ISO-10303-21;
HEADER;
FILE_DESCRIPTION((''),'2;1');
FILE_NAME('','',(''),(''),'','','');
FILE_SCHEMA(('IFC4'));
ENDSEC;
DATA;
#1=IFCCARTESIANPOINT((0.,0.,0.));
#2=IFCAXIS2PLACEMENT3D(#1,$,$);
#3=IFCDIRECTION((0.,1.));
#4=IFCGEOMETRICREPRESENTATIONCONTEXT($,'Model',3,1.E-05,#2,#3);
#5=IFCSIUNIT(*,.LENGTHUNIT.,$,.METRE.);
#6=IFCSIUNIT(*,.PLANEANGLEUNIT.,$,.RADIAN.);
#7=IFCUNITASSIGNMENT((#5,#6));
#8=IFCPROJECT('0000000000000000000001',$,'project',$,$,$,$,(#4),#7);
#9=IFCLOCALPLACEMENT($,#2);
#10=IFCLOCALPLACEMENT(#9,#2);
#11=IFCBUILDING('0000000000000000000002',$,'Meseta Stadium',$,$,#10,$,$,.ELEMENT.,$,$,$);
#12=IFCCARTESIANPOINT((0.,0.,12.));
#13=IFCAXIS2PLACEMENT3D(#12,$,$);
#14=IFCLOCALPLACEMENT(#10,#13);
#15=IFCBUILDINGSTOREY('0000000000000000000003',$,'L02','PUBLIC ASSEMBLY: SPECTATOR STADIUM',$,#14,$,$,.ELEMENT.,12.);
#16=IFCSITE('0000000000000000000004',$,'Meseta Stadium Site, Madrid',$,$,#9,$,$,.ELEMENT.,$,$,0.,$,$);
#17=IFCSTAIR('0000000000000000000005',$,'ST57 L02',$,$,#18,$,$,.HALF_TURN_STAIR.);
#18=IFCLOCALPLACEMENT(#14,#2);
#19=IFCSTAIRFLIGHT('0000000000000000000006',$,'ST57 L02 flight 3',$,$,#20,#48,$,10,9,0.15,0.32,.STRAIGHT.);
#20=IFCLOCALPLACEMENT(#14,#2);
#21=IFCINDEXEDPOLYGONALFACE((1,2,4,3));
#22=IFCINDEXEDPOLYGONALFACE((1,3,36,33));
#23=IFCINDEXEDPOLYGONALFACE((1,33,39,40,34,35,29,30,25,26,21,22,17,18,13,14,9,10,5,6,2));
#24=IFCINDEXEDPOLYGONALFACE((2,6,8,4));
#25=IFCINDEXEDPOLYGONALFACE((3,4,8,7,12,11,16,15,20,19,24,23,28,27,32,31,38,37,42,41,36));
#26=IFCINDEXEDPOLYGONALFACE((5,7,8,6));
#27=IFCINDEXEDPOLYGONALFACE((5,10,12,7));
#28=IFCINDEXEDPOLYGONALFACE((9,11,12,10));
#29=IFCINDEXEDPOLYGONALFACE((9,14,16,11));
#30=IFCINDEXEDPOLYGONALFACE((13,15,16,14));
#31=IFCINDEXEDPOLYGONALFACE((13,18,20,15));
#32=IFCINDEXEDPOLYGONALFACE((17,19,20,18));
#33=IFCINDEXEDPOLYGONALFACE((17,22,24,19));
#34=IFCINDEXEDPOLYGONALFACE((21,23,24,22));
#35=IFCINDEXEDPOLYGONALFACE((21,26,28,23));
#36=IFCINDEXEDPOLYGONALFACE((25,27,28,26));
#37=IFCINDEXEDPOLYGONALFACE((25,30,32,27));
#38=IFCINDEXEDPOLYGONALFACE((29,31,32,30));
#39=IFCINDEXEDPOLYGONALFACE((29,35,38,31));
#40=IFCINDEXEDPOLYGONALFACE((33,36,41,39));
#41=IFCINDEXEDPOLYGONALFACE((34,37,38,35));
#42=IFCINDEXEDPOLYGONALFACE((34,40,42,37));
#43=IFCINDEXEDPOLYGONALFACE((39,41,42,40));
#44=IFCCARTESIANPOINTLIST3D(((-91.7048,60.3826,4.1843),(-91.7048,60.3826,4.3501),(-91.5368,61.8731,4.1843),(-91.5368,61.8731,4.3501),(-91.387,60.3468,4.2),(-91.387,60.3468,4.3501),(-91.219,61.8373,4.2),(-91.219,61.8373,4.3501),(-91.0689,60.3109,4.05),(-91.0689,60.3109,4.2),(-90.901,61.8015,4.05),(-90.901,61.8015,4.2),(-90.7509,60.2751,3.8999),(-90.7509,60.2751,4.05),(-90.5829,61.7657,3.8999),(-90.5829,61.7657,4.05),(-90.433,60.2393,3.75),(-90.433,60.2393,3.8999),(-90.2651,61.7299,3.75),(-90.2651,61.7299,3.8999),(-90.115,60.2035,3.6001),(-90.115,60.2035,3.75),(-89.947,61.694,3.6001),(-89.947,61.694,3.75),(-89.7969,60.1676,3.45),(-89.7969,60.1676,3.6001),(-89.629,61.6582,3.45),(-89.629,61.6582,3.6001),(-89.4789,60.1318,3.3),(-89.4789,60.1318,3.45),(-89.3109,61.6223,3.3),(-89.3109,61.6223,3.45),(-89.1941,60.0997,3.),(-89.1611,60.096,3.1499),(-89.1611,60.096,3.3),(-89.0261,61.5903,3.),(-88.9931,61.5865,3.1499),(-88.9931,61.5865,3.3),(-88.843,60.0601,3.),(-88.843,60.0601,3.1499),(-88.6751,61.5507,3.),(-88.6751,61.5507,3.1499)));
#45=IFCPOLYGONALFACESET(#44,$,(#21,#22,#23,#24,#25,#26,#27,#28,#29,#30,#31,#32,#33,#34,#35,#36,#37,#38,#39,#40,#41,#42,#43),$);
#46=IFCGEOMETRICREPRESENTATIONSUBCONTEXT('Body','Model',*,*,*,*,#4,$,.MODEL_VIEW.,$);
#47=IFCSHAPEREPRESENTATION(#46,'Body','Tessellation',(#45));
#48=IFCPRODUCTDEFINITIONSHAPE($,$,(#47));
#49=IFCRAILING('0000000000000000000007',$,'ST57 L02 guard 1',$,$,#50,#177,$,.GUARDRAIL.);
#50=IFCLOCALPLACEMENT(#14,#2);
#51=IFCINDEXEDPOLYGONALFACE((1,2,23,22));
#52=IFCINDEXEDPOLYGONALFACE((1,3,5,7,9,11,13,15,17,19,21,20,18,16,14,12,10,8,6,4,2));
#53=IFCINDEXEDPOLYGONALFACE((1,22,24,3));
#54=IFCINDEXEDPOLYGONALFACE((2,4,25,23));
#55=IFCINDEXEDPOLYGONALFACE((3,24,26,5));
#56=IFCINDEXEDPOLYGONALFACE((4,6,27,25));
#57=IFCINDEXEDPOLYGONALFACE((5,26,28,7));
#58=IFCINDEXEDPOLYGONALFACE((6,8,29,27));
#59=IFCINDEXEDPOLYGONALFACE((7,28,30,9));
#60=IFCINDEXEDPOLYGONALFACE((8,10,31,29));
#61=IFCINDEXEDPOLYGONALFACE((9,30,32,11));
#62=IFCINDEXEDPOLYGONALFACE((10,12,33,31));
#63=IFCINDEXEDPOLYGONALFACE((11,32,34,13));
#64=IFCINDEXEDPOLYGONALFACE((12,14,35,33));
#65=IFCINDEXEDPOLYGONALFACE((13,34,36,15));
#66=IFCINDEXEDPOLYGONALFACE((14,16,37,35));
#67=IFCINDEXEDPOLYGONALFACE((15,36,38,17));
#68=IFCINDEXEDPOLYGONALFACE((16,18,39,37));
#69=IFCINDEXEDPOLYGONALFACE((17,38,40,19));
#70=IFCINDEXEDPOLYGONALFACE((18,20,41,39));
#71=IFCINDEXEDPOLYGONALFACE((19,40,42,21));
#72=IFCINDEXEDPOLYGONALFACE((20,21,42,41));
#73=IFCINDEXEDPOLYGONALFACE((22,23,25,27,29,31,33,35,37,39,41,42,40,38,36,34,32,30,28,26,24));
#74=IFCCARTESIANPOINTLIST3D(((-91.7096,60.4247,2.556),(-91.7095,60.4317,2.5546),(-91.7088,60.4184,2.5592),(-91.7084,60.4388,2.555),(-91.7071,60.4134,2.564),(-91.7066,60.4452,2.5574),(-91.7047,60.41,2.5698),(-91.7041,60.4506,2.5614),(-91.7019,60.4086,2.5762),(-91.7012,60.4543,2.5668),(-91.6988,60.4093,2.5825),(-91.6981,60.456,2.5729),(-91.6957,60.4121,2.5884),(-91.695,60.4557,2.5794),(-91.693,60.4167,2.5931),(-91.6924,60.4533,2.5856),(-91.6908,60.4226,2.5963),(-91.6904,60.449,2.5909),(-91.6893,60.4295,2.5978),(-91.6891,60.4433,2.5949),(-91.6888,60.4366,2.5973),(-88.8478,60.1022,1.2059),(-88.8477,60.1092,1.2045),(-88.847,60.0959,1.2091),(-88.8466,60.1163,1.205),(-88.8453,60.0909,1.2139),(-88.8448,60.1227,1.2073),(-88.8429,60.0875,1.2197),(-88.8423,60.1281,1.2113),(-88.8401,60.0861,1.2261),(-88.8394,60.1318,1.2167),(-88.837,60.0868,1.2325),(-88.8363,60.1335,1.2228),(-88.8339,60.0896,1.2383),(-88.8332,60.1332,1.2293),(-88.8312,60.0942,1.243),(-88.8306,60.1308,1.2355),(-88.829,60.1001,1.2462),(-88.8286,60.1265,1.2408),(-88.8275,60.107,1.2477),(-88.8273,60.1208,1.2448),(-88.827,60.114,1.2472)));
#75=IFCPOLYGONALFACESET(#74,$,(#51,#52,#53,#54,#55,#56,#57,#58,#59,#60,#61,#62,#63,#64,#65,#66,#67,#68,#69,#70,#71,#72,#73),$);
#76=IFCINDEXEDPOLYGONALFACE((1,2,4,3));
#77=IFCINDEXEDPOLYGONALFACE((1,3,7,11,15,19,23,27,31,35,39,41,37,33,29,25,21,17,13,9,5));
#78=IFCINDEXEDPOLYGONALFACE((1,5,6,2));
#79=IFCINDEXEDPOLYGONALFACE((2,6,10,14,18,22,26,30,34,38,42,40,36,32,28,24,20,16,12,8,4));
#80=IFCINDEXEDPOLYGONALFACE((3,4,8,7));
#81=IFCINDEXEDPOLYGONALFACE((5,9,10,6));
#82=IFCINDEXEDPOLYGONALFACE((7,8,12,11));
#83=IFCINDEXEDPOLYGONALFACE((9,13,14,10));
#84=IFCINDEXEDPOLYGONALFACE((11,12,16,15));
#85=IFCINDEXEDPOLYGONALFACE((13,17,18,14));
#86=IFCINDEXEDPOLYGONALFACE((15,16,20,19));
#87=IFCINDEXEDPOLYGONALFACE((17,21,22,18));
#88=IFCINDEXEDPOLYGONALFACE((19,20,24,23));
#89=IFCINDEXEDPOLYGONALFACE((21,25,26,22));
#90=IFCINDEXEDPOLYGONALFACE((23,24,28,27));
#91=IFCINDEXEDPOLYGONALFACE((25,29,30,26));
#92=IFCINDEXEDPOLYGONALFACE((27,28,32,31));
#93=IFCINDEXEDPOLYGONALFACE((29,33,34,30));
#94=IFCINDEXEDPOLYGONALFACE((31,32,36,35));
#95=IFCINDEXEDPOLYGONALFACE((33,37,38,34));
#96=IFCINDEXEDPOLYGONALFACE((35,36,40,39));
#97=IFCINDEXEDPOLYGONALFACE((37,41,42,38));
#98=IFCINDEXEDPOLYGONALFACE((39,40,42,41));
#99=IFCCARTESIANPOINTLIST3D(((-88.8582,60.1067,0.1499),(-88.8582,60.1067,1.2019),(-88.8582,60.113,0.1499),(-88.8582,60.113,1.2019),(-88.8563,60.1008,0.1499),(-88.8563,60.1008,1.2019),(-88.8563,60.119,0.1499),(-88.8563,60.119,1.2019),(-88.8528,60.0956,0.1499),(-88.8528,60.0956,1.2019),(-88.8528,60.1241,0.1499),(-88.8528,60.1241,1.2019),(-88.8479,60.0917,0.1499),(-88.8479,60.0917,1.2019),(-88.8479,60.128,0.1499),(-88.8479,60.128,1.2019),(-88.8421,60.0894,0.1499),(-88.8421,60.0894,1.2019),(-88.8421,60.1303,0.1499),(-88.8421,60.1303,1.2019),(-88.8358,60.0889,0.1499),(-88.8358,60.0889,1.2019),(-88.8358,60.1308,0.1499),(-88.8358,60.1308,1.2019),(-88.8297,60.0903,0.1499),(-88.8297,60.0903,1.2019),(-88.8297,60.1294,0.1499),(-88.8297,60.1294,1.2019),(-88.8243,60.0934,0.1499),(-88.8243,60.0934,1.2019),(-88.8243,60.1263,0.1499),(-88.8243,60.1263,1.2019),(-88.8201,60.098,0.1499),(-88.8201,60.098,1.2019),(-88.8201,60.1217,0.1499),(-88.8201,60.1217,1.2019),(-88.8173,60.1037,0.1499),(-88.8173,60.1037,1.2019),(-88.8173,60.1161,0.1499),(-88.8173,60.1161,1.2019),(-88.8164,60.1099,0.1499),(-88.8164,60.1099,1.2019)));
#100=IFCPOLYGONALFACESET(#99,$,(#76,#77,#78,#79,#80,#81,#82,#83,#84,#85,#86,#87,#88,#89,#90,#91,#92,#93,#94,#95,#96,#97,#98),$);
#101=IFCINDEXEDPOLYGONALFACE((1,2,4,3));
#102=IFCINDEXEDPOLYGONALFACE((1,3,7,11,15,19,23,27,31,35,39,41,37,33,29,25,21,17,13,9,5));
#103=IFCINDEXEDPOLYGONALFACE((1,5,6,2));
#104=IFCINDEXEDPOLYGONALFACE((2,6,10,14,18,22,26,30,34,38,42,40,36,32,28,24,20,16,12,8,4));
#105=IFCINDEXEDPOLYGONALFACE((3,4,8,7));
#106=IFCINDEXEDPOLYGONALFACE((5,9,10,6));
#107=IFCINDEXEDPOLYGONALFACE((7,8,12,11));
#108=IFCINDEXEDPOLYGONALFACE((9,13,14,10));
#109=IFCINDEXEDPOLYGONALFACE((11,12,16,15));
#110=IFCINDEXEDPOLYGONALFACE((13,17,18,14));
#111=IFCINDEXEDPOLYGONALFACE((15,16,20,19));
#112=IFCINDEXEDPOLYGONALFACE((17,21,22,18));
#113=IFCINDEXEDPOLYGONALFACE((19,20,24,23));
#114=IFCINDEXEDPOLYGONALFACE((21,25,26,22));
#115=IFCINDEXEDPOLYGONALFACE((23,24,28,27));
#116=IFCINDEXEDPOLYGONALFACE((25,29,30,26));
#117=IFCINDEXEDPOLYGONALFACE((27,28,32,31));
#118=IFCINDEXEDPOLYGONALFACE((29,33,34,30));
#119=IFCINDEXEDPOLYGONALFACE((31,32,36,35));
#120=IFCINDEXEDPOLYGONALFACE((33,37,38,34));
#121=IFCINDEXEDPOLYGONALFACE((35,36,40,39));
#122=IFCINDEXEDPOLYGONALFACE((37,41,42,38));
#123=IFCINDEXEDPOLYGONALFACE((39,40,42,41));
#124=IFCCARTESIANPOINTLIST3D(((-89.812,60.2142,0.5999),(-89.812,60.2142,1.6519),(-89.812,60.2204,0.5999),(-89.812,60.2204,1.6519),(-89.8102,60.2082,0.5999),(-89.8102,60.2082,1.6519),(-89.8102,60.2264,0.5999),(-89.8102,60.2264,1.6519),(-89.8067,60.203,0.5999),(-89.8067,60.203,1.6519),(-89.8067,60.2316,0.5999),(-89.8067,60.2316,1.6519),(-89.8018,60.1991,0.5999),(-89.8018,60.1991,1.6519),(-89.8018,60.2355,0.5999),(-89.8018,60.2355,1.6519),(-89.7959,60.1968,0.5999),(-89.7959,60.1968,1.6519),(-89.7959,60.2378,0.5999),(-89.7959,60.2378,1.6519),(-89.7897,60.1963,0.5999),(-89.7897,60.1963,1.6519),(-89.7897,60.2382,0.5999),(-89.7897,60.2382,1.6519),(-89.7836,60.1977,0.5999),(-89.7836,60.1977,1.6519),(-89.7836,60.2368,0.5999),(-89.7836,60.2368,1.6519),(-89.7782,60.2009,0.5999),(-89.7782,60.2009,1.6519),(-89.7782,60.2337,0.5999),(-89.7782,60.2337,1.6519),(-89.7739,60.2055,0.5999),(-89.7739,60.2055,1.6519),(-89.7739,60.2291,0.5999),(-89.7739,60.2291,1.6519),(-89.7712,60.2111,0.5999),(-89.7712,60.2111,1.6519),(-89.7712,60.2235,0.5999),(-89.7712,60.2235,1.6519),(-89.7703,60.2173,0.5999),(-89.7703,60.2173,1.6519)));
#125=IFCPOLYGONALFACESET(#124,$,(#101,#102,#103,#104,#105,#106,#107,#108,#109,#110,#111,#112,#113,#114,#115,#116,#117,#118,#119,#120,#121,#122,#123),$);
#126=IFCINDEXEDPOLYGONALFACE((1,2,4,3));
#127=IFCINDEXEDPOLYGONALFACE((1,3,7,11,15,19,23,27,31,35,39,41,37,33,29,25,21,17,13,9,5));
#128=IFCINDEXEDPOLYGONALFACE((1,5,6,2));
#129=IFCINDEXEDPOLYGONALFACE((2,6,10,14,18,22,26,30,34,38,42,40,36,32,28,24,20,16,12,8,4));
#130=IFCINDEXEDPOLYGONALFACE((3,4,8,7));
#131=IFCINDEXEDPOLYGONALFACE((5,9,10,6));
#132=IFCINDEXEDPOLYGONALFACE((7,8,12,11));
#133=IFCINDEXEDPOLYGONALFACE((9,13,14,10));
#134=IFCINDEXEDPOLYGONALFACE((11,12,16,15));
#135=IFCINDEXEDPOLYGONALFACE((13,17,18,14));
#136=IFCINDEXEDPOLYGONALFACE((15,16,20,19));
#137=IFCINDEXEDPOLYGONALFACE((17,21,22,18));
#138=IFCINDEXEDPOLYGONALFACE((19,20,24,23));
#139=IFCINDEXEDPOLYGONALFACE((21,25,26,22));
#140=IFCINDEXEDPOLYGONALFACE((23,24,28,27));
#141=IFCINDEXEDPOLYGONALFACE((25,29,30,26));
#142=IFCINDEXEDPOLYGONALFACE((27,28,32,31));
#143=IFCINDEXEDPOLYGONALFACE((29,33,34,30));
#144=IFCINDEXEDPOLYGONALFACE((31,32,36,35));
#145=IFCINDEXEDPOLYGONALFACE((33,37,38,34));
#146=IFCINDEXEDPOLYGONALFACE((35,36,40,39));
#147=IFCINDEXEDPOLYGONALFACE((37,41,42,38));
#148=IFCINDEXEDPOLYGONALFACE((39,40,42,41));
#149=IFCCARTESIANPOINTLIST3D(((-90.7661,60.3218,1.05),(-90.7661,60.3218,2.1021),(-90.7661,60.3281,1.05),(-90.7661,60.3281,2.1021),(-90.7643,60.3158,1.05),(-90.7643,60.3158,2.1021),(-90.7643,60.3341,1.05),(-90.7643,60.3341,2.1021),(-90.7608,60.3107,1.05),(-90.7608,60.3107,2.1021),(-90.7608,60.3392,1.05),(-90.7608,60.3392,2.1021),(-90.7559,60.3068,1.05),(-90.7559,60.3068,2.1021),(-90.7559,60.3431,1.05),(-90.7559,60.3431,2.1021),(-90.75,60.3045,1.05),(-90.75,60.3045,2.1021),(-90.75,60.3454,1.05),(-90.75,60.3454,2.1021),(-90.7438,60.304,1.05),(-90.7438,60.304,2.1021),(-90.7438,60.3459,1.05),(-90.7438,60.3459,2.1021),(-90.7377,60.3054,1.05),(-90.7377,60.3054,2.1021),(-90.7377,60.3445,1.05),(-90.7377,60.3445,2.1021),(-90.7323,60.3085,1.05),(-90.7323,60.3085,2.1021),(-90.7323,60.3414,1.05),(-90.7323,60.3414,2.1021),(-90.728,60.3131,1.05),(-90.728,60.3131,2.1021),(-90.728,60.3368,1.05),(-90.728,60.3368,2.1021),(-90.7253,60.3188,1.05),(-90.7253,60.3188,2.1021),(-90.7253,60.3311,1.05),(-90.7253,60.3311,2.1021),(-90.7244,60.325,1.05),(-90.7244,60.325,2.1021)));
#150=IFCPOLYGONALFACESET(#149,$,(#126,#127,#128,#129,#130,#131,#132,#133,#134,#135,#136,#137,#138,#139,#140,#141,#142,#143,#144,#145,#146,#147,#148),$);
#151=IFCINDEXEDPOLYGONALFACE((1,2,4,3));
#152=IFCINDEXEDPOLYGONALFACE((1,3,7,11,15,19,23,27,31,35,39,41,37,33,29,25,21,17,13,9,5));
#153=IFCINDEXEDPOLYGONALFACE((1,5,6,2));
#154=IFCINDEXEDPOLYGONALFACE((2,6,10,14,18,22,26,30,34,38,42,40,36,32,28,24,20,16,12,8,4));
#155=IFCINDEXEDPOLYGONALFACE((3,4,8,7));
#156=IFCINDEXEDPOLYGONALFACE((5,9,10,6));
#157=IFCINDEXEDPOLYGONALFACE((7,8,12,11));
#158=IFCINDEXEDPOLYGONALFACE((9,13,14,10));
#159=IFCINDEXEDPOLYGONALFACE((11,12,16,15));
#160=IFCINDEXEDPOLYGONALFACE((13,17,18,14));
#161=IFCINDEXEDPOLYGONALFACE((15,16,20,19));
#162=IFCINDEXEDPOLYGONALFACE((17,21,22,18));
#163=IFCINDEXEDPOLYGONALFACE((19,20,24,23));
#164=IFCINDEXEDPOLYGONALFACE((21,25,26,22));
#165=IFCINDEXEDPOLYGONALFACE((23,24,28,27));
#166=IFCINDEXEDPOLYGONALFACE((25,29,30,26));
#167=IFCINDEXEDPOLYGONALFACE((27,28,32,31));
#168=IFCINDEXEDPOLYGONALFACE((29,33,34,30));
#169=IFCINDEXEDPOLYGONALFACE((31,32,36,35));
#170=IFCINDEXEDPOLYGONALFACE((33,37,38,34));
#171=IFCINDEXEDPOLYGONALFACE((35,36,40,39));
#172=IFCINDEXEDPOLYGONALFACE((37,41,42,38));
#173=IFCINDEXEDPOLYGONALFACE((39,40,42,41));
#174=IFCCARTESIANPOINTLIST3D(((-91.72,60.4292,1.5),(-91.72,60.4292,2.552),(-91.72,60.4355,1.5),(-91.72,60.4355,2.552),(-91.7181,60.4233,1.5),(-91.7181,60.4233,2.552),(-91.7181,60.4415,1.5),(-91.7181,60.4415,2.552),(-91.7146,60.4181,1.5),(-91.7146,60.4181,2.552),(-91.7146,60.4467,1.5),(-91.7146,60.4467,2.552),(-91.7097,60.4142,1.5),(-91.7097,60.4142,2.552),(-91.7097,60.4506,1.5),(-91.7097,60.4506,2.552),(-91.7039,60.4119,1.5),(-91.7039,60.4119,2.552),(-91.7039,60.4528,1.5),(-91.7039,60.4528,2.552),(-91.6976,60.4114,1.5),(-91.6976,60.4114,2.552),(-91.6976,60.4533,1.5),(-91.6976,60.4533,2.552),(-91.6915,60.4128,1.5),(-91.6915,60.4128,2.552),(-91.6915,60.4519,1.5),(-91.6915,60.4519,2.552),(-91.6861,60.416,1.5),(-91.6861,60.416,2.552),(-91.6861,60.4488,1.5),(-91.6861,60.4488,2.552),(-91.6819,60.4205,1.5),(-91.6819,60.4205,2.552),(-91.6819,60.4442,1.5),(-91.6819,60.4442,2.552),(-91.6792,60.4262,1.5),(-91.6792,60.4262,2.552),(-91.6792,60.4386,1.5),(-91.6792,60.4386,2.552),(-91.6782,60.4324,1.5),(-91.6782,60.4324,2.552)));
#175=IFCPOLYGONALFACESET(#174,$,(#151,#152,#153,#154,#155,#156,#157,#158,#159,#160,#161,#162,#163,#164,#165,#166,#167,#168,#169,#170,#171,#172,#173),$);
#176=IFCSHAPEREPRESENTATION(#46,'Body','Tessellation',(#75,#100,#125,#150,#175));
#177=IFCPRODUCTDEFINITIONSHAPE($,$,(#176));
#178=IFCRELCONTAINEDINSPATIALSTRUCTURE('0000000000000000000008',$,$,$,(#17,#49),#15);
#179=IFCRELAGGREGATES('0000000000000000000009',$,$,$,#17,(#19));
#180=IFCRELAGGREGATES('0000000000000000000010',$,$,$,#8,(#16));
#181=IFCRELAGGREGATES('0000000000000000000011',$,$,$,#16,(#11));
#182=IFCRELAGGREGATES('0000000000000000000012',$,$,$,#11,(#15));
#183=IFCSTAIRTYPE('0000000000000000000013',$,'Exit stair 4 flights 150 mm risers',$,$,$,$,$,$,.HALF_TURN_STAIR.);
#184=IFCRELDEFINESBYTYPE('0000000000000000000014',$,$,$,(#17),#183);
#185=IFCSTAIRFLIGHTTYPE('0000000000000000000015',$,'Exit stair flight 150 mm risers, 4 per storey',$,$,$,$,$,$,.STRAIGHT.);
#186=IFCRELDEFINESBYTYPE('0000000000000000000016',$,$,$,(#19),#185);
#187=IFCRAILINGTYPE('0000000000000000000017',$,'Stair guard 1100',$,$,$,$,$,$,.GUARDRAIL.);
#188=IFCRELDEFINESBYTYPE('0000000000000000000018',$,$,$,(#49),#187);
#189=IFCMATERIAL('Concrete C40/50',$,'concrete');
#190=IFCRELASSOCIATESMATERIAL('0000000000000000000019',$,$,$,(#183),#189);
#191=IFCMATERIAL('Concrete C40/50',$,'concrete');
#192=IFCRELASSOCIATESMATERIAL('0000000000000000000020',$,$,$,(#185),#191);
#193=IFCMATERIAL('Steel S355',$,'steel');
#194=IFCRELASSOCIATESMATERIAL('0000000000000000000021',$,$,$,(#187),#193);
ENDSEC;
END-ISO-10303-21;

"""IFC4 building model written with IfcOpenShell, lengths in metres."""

from ifc_helpers import new_model, si_unit, direction, frame, origin, origin_2d, place, context, subcontext, project, spatial, polyline, circle, outline, extrude, material, type_object, element, aggregate, save


model = new_model("IFC4")

# Units and contexts
model_context = context("Model", 3, precision=1e-05, world=origin(), true_north=direction((0.0, 1.0)))
body_context = subcontext(model_context, "Body", "Model", "MODEL_VIEW")
ifc_project = project(units=[si_unit("LENGTHUNIT", "METRE"), si_unit("PLANEANGLEUNIT", "RADIAN")], contexts=[model_context])

# Site, building, storey
site_placement = place(None, origin())
site = spatial("IfcSite", under=ifc_project, at=site_placement, Name="Meseta Stadium Site, Madrid", CompositionType="ELEMENT", RefElevation=0.0)
building_placement = place(site_placement, origin())
building = spatial("IfcBuilding", under=site, at=building_placement, Name="Meseta Stadium", CompositionType="ELEMENT")
storey_placement = place(building_placement, frame((0.0, 0.0, 12.0)))
storey = spatial("IfcBuildingStorey", under=building, at=storey_placement, Name="L02", Description="PUBLIC ASSEMBLY: SPECTATOR STADIUM", CompositionType="ELEMENT", Elevation=12.0)

# Stair, stair flight
ifc_material_1 = material(Name="Concrete C40/50", Category="concrete")
stair_type = type_object("IfcStairType", Name="Exit stair 4 flights 150 mm risers", PredefinedType="HALF_TURN_STAIR", material=ifc_material_1)
stair_placement = place(storey_placement, origin())
stair = element("IfcStair", 1, at=stair_placement, inside=storey, type_object=stair_type, Name="ST57 L02", PredefinedType="HALF_TURN_STAIR")
ifc_material_2 = material(Name="Concrete C40/50", Category="concrete")
stair_flight_type = type_object("IfcStairFlightType", Name="Exit stair flight 150 mm risers, 4 per storey", PredefinedType="STRAIGHT", material=ifc_material_2)
stair_flight_1_placement = place(storey_placement, frame((-88.759, 60.8054, 3.0), z_axis=(0.0, 0.0, 1.0), x_axis=(-0.993712, 0.111964, 0.0)))
stair_flight_1 = element("IfcStairFlight", 2, at=stair_flight_1_placement, type_object=stair_flight_type, Name="ST57 L02 flight 3", NumberOfRisers=10, NumberOfTreads=9, PredefinedType="STRAIGHT", RiserHeight=0.15, TreadLength=0.32, context=body_context, shape_type="SweptSolid", body=[
    extrude(outline(polyline([(0.0, 0.0), (0.0, 0.1499), (0.3201, 0.1499), (0.3201, 0.3), (0.6399, 0.3), (0.6399, 0.45), (0.96, 0.45), (0.96, 0.6001), (1.28, 0.6001), (1.28, 0.75), (1.6001, 0.75), (1.6001, 0.8999), (1.9199, 0.8999), (1.9199, 1.05), (2.24, 1.05), (2.24, 1.2), (2.5601, 1.2), (2.5601, 1.3501), (2.8799, 1.3501), (2.8799, 1.1843), (0.3533, 0.0), (0.0, 0.0)])), frame((0.0, 0.75, 0.0), z_axis=(0.0, -1.0, 0.0), x_axis=(1.0, 0.0, 0.0)), (0.0, 0.0, 1.0), 1.5),
])
aggregate(stair, [stair_flight_1])

# Railing
ifc_material_3 = material(Name="Steel S355", Category="steel")
railing_type_1 = type_object("IfcRailingType", Name="Stair guard 1100", PredefinedType="GUARDRAIL", material=ifc_material_3)
railing_1_placement = place(storey_placement, frame((-88.8374, 60.1099, 0.1499)))
element("IfcRailing", 3, at=railing_1_placement, inside=storey, type_object=railing_type_1, Name="ST57 L02 guard 1", PredefinedType="GUARDRAIL", context=body_context, shape_type="SweptSolid", body=[
    extrude(circle(Radius=0.0239, at=origin_2d()), frame((0.0, 0.0, 1.0762), z_axis=(-0.899748, 0.101396, 0.424467), x_axis=(-0.111985, -0.99371, 0.0)), (0.0, 0.0, 1.0), 3.1807),
    extrude(circle(Radius=0.021, at=origin_2d()), origin(), (0.0, 0.0, 1.0), 1.052),
    extrude(circle(Radius=0.021, at=origin_2d()), frame((-0.9539, 0.1074, 0.45)), (0.0, 0.0, 1.0), 1.052),
    extrude(circle(Radius=0.021, at=origin_2d()), frame((-1.908, 0.2151, 0.9001)), (0.0, 0.0, 1.0), 1.052),
    extrude(circle(Radius=0.021, at=origin_2d()), frame((-2.8618, 0.3225, 1.3501)), (0.0, 0.0, 1.0), 1.052),
])

save(model, "model.ifc")
